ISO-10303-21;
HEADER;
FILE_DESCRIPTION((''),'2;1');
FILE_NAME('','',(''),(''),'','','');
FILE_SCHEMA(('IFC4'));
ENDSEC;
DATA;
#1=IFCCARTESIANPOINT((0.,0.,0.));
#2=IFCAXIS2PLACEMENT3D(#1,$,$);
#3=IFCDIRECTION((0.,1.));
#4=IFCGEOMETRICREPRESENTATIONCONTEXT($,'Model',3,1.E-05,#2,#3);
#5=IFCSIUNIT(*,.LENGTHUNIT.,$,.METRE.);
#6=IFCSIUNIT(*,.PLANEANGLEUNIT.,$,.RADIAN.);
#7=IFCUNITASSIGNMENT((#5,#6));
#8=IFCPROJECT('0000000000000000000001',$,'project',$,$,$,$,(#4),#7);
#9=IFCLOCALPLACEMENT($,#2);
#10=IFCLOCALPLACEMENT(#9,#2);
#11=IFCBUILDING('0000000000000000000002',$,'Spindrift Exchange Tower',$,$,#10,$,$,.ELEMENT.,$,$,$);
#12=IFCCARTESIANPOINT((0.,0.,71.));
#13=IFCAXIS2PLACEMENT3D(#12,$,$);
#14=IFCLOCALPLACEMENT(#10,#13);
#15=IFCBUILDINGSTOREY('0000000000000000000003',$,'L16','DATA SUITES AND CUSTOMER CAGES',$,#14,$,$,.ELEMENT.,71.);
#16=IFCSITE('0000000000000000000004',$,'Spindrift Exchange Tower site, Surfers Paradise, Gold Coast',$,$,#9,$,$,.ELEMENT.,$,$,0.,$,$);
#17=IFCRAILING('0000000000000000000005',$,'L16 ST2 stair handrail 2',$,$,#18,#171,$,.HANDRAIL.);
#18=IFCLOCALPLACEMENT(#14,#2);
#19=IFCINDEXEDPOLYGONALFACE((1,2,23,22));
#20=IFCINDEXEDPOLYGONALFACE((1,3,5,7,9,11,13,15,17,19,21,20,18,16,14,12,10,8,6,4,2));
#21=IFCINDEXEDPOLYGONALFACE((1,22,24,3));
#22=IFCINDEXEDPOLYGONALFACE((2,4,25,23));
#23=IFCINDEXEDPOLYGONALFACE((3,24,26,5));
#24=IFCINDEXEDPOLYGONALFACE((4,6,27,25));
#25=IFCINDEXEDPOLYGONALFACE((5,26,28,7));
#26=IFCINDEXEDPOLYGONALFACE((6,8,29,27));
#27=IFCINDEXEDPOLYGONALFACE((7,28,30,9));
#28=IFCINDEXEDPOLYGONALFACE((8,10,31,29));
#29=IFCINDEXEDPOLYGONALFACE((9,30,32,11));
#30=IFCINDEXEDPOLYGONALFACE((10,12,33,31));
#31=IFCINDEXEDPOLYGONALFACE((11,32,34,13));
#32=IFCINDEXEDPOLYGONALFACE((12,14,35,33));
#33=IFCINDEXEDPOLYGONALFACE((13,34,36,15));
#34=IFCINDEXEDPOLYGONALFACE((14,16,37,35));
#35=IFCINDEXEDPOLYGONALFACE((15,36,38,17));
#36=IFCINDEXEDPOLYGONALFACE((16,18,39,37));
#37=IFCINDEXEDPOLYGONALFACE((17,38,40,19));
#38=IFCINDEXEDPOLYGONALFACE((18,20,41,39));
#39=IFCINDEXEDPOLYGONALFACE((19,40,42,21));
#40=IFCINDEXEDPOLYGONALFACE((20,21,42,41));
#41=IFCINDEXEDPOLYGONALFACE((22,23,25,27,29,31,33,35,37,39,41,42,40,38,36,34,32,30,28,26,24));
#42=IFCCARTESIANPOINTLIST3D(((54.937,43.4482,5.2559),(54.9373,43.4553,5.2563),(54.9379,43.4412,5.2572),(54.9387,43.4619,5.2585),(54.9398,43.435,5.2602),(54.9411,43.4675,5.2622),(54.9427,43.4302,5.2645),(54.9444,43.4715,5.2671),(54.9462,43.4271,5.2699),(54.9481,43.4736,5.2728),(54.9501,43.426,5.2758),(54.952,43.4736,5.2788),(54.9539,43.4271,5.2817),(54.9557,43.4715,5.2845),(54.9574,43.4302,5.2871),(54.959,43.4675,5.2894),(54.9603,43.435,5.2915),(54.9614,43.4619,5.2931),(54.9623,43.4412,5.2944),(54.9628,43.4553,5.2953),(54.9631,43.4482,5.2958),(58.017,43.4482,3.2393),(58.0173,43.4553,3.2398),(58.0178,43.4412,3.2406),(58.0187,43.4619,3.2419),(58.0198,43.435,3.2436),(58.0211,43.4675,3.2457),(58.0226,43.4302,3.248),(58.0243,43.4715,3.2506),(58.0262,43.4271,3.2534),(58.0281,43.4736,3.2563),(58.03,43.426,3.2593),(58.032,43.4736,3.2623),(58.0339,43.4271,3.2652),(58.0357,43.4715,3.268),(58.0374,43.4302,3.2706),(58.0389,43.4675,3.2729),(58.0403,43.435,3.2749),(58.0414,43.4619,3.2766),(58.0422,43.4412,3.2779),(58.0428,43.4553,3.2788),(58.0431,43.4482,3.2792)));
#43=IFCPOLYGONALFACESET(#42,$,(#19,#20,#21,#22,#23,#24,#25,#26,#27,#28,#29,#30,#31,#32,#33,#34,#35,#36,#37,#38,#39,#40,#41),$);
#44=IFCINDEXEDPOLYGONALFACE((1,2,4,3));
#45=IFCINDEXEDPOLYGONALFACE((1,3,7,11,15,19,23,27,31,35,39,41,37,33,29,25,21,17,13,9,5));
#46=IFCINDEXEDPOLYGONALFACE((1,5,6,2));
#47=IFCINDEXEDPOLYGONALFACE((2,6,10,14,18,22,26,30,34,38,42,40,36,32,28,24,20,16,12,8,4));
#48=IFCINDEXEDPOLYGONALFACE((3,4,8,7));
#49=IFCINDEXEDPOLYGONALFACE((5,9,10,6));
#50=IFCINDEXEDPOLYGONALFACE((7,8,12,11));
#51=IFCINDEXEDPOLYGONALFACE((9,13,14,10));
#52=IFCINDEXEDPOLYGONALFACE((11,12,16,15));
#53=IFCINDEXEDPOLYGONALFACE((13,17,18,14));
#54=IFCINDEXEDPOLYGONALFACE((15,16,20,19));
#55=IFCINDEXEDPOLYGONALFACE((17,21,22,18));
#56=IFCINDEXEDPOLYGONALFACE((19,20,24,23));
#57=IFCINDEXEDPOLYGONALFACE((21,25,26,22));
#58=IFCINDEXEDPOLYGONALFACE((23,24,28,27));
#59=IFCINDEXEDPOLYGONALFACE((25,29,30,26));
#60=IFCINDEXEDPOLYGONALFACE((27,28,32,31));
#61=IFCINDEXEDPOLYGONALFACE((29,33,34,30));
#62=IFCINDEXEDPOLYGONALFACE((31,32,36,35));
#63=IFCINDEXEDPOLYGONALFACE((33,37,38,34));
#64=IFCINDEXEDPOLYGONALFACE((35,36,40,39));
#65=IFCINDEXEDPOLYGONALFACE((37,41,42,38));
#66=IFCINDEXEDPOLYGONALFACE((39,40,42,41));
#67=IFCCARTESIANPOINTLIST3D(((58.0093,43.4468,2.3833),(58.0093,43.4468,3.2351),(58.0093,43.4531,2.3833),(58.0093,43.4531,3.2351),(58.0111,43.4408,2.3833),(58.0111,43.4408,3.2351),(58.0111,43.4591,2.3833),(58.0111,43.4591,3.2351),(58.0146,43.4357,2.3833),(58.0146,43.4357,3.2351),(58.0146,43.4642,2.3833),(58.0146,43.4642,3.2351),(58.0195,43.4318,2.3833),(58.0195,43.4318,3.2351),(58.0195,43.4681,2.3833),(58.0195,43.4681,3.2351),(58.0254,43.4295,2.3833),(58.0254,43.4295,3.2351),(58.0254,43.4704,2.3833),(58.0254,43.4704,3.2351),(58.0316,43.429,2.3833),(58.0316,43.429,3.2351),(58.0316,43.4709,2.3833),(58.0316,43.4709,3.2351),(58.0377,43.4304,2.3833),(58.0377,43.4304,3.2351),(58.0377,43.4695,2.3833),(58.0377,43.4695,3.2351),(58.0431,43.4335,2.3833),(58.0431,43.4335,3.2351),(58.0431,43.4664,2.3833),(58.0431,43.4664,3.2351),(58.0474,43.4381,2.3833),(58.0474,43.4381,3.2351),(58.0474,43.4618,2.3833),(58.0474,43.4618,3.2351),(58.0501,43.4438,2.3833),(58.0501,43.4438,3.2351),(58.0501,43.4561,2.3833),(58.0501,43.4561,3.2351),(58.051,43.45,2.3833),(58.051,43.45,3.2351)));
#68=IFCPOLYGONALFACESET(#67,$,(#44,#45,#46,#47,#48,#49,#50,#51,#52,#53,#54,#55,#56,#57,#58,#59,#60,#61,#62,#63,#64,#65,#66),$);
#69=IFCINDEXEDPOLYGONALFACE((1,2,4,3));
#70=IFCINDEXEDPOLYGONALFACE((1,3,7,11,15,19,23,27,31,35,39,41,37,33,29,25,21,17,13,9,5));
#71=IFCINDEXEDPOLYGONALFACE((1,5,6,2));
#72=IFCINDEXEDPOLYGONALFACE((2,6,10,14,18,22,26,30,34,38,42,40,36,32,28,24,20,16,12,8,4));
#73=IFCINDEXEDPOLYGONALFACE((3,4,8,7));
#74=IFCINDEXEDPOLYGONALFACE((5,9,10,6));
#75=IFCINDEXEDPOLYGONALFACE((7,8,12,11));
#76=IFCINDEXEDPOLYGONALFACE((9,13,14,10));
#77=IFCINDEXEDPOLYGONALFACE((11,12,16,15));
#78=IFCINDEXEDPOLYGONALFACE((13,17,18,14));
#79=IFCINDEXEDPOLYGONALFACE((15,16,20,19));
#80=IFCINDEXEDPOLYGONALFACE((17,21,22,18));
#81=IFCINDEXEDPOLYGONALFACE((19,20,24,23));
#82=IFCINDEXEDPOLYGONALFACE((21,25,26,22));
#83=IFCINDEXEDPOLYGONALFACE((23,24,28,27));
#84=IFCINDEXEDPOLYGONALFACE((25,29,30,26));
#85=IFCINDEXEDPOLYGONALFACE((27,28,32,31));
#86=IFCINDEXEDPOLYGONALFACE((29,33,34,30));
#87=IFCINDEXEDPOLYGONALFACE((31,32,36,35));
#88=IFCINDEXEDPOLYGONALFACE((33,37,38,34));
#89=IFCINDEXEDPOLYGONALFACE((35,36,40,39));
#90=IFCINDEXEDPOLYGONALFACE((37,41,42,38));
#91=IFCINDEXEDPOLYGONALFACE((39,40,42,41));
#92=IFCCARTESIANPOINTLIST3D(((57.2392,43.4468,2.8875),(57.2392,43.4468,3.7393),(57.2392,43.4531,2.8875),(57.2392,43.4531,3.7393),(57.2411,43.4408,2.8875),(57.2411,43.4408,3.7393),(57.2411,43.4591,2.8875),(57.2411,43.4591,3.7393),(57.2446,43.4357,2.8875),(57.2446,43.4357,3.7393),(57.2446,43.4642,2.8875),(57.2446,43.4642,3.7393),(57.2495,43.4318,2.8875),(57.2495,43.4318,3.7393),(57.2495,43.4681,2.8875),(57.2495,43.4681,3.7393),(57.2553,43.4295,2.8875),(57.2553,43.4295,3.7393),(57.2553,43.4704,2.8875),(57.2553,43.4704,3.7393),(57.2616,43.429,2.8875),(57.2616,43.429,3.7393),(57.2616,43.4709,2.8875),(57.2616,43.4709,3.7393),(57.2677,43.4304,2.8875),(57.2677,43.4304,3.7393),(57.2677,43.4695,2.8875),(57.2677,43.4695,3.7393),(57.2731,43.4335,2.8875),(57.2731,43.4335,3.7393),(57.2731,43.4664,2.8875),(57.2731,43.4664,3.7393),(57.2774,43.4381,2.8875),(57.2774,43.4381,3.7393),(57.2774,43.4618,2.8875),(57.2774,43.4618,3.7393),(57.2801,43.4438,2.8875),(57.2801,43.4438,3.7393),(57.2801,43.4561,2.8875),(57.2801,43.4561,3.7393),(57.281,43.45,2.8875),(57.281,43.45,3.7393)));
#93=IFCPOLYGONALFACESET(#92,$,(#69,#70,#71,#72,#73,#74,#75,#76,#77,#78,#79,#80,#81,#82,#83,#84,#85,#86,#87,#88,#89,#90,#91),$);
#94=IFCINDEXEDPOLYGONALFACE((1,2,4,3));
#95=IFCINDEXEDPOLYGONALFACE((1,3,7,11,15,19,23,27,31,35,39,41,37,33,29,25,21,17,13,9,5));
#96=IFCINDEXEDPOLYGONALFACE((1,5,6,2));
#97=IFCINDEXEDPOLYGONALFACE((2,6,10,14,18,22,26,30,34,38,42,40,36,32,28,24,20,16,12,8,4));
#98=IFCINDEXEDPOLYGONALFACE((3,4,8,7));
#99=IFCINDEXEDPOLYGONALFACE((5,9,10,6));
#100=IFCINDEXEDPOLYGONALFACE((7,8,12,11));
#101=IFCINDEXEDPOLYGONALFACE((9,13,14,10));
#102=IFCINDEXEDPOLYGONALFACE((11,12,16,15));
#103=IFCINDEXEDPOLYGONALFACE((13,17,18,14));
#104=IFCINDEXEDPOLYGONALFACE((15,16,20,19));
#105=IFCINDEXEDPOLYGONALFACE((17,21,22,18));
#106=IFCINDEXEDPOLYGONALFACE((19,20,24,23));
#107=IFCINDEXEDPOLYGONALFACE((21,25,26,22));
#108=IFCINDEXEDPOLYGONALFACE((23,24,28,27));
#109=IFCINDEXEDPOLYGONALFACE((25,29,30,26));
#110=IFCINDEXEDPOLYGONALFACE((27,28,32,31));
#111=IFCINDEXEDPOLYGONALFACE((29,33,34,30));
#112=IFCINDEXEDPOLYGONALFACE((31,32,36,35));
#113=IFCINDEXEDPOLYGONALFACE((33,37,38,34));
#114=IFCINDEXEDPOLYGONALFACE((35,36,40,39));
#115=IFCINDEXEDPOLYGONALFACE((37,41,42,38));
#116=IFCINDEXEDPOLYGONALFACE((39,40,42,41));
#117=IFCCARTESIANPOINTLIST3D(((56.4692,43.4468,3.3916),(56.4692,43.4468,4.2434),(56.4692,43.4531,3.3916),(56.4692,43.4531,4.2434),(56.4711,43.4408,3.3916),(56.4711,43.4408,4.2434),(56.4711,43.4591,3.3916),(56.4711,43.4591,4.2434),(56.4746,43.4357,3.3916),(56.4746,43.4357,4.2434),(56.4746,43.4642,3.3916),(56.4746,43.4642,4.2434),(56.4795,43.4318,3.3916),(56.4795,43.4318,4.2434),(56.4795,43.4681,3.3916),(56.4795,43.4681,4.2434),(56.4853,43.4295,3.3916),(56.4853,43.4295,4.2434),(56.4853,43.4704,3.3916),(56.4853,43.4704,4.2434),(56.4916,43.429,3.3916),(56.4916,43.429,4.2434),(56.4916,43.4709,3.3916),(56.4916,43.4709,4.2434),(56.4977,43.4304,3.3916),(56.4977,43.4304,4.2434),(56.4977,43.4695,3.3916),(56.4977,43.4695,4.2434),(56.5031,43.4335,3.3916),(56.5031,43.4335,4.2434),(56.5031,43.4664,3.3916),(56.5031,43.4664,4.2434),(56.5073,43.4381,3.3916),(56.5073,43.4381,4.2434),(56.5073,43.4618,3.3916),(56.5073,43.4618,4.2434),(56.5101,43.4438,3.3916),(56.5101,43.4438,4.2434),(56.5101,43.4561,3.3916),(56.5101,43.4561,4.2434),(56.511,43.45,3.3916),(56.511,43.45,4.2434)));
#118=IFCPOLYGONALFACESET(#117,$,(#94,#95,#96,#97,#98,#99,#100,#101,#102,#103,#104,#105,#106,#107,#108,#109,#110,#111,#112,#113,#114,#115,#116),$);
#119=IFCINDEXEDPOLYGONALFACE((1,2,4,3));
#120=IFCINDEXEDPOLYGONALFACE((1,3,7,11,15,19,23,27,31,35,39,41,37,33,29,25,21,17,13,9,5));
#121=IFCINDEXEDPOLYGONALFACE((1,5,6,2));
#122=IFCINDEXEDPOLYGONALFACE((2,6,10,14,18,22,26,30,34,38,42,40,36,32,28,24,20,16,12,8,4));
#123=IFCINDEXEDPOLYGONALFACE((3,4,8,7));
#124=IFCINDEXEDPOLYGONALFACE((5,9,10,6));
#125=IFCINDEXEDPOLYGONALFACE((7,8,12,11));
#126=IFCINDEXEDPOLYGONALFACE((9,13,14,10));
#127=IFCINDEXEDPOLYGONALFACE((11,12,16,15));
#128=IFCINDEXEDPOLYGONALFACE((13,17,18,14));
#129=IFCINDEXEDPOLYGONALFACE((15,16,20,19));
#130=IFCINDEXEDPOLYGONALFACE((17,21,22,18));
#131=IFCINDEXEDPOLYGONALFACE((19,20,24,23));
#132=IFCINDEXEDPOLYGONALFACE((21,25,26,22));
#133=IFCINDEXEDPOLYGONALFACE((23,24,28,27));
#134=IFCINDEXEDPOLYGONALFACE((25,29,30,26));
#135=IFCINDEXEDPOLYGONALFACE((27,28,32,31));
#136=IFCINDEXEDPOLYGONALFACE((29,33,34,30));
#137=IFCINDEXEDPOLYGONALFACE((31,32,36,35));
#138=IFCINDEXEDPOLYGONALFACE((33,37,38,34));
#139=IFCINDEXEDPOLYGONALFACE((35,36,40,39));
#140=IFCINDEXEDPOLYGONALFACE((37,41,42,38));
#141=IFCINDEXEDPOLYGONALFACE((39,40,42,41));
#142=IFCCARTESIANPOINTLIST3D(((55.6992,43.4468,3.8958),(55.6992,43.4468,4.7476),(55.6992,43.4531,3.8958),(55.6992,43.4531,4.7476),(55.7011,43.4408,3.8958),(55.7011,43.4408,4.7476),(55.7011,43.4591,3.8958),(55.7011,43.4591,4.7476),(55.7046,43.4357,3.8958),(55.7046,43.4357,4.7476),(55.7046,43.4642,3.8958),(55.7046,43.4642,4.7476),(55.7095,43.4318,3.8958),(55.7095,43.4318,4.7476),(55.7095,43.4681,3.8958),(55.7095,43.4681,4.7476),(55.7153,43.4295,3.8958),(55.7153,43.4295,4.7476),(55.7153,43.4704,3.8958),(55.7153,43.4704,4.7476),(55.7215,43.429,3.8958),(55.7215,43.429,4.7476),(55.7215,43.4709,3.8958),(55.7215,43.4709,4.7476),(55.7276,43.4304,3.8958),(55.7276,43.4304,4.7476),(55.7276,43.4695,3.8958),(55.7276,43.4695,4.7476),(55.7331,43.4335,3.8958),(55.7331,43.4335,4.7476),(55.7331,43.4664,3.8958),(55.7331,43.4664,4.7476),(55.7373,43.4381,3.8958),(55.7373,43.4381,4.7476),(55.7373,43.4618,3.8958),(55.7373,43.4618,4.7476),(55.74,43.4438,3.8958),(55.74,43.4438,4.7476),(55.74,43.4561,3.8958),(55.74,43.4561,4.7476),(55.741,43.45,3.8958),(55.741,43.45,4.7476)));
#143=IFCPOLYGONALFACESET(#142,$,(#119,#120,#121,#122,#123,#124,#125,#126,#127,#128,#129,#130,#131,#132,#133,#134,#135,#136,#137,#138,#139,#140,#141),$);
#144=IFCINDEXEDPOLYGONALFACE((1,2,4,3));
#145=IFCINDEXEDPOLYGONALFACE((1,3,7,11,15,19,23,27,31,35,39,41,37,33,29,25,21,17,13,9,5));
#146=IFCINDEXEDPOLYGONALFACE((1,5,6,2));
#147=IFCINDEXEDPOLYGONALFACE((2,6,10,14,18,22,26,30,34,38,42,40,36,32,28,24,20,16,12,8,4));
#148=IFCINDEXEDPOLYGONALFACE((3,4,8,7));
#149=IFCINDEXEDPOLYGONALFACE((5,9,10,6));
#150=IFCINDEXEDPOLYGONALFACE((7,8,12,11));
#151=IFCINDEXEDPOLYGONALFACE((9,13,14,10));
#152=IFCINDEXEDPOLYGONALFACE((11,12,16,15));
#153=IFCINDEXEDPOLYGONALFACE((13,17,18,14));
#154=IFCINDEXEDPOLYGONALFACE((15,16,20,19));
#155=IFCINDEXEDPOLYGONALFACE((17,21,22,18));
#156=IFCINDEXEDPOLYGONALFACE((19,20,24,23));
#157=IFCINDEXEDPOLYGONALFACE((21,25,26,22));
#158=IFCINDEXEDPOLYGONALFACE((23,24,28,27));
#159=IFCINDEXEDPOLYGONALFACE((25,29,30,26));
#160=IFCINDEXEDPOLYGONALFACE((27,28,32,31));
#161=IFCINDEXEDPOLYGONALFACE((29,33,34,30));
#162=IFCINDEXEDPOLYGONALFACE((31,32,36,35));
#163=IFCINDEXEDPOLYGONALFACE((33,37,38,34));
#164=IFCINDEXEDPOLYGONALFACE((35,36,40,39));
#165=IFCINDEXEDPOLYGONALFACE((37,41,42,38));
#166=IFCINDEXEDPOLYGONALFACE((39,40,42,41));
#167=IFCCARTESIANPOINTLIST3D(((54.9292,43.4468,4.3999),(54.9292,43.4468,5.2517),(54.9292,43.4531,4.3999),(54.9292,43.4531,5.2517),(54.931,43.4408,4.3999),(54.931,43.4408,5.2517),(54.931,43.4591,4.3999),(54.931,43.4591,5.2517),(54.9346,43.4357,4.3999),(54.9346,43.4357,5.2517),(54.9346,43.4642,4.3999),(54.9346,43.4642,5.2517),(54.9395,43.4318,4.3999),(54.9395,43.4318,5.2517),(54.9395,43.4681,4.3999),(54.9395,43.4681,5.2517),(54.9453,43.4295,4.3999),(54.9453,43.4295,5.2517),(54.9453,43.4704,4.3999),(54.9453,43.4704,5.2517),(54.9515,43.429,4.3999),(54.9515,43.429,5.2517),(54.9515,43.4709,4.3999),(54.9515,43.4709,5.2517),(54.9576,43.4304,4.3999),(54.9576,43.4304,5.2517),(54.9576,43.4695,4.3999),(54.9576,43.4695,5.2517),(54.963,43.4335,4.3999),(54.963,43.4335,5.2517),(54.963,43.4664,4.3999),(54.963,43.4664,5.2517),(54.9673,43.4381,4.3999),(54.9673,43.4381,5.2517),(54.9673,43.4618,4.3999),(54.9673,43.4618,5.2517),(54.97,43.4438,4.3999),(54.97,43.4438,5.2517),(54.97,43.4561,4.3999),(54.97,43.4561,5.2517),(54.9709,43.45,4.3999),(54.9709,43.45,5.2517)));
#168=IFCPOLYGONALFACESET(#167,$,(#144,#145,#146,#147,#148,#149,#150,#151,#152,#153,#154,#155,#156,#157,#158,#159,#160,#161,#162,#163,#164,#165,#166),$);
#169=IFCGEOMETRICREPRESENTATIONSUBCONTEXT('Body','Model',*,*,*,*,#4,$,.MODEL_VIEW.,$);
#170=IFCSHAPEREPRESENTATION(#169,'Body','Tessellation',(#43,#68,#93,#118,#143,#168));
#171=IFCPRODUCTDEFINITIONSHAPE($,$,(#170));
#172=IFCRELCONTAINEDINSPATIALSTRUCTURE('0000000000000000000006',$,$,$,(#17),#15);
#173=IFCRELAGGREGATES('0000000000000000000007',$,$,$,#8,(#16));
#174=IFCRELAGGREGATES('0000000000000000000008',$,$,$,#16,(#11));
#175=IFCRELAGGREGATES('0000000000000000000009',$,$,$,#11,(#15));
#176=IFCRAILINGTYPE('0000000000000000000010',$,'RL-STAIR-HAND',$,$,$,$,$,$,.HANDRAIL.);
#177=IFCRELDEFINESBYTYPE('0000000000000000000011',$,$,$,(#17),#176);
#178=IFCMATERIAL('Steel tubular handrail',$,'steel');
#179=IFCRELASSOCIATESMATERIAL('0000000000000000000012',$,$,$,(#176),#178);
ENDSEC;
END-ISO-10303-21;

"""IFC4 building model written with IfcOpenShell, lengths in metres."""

from ifc_helpers import new_model, si_unit, direction, frame, origin, origin_2d, place, context, subcontext, project, spatial, circle, extrude, material, type_object, element, save


model = new_model("IFC4")

# Units and contexts
model_context = context("Model", 3, precision=1e-05, world=origin(), true_north=direction((0.0, 1.0)))
body_context = subcontext(model_context, "Body", "Model", "MODEL_VIEW")
ifc_project = project(units=[si_unit("LENGTHUNIT", "METRE"), si_unit("PLANEANGLEUNIT", "RADIAN")], contexts=[model_context])

# Site, building, storey
site_placement = place(None, origin())
site = spatial("IfcSite", under=ifc_project, at=site_placement, Name="Spindrift Exchange Tower site, Surfers Paradise, Gold Coast", CompositionType="ELEMENT", RefElevation=0.0)
building_placement = place(site_placement, origin())
building = spatial("IfcBuilding", under=site, at=building_placement, Name="Spindrift Exchange Tower", CompositionType="ELEMENT")
storey_placement = place(building_placement, frame((0.0, 0.0, 71.0)))
storey = spatial("IfcBuildingStorey", under=building, at=storey_placement, Name="L16", Description="DATA SUITES AND CUSTOMER CAGES", CompositionType="ELEMENT", Elevation=71.0)

# Railing
ifc_material_1 = material(Name="Steel tubular handrail", Category="steel")
railing_type_1 = type_object("IfcRailingType", Name="RL-STAIR-HAND", PredefinedType="HANDRAIL", material=ifc_material_1)
railing_1_placement = place(storey_placement, frame((58.03, 43.45, 2.3833)))
element("IfcRailing", 1, at=railing_1_placement, inside=storey, type_object=railing_type_1, Name="L16 ST2 stair handrail 2", PredefinedType="HANDRAIL", context=body_context, shape_type="SweptSolid", body=[
    extrude(circle(Radius=0.0239, at=origin_2d()), frame((0.0, 0.0, 0.876), z_axis=(-0.836633, 0.0, 0.547764), x_axis=(0.0, -1.0, 0.0)), (0.0, 0.0, 1.0), 3.6814),
    extrude(circle(Radius=0.021, at=origin_2d()), origin(), (0.0, 0.0, 1.0), 0.8518),
    extrude(circle(Radius=0.021, at=origin_2d()), frame((-0.77, 0.0, 0.5042)), (0.0, 0.0, 1.0), 0.8518),
    extrude(circle(Radius=0.021, at=origin_2d()), frame((-1.54, 0.0, 1.0083)), (0.0, 0.0, 1.0), 0.8518),
    extrude(circle(Radius=0.021, at=origin_2d()), frame((-2.3101, 0.0, 1.5125)), (0.0, 0.0, 1.0), 0.8518),
    extrude(circle(Radius=0.021, at=origin_2d()), frame((-3.0801, 0.0, 2.0166)), (0.0, 0.0, 1.0), 0.8518),
])

save(model, "model.ifc")
